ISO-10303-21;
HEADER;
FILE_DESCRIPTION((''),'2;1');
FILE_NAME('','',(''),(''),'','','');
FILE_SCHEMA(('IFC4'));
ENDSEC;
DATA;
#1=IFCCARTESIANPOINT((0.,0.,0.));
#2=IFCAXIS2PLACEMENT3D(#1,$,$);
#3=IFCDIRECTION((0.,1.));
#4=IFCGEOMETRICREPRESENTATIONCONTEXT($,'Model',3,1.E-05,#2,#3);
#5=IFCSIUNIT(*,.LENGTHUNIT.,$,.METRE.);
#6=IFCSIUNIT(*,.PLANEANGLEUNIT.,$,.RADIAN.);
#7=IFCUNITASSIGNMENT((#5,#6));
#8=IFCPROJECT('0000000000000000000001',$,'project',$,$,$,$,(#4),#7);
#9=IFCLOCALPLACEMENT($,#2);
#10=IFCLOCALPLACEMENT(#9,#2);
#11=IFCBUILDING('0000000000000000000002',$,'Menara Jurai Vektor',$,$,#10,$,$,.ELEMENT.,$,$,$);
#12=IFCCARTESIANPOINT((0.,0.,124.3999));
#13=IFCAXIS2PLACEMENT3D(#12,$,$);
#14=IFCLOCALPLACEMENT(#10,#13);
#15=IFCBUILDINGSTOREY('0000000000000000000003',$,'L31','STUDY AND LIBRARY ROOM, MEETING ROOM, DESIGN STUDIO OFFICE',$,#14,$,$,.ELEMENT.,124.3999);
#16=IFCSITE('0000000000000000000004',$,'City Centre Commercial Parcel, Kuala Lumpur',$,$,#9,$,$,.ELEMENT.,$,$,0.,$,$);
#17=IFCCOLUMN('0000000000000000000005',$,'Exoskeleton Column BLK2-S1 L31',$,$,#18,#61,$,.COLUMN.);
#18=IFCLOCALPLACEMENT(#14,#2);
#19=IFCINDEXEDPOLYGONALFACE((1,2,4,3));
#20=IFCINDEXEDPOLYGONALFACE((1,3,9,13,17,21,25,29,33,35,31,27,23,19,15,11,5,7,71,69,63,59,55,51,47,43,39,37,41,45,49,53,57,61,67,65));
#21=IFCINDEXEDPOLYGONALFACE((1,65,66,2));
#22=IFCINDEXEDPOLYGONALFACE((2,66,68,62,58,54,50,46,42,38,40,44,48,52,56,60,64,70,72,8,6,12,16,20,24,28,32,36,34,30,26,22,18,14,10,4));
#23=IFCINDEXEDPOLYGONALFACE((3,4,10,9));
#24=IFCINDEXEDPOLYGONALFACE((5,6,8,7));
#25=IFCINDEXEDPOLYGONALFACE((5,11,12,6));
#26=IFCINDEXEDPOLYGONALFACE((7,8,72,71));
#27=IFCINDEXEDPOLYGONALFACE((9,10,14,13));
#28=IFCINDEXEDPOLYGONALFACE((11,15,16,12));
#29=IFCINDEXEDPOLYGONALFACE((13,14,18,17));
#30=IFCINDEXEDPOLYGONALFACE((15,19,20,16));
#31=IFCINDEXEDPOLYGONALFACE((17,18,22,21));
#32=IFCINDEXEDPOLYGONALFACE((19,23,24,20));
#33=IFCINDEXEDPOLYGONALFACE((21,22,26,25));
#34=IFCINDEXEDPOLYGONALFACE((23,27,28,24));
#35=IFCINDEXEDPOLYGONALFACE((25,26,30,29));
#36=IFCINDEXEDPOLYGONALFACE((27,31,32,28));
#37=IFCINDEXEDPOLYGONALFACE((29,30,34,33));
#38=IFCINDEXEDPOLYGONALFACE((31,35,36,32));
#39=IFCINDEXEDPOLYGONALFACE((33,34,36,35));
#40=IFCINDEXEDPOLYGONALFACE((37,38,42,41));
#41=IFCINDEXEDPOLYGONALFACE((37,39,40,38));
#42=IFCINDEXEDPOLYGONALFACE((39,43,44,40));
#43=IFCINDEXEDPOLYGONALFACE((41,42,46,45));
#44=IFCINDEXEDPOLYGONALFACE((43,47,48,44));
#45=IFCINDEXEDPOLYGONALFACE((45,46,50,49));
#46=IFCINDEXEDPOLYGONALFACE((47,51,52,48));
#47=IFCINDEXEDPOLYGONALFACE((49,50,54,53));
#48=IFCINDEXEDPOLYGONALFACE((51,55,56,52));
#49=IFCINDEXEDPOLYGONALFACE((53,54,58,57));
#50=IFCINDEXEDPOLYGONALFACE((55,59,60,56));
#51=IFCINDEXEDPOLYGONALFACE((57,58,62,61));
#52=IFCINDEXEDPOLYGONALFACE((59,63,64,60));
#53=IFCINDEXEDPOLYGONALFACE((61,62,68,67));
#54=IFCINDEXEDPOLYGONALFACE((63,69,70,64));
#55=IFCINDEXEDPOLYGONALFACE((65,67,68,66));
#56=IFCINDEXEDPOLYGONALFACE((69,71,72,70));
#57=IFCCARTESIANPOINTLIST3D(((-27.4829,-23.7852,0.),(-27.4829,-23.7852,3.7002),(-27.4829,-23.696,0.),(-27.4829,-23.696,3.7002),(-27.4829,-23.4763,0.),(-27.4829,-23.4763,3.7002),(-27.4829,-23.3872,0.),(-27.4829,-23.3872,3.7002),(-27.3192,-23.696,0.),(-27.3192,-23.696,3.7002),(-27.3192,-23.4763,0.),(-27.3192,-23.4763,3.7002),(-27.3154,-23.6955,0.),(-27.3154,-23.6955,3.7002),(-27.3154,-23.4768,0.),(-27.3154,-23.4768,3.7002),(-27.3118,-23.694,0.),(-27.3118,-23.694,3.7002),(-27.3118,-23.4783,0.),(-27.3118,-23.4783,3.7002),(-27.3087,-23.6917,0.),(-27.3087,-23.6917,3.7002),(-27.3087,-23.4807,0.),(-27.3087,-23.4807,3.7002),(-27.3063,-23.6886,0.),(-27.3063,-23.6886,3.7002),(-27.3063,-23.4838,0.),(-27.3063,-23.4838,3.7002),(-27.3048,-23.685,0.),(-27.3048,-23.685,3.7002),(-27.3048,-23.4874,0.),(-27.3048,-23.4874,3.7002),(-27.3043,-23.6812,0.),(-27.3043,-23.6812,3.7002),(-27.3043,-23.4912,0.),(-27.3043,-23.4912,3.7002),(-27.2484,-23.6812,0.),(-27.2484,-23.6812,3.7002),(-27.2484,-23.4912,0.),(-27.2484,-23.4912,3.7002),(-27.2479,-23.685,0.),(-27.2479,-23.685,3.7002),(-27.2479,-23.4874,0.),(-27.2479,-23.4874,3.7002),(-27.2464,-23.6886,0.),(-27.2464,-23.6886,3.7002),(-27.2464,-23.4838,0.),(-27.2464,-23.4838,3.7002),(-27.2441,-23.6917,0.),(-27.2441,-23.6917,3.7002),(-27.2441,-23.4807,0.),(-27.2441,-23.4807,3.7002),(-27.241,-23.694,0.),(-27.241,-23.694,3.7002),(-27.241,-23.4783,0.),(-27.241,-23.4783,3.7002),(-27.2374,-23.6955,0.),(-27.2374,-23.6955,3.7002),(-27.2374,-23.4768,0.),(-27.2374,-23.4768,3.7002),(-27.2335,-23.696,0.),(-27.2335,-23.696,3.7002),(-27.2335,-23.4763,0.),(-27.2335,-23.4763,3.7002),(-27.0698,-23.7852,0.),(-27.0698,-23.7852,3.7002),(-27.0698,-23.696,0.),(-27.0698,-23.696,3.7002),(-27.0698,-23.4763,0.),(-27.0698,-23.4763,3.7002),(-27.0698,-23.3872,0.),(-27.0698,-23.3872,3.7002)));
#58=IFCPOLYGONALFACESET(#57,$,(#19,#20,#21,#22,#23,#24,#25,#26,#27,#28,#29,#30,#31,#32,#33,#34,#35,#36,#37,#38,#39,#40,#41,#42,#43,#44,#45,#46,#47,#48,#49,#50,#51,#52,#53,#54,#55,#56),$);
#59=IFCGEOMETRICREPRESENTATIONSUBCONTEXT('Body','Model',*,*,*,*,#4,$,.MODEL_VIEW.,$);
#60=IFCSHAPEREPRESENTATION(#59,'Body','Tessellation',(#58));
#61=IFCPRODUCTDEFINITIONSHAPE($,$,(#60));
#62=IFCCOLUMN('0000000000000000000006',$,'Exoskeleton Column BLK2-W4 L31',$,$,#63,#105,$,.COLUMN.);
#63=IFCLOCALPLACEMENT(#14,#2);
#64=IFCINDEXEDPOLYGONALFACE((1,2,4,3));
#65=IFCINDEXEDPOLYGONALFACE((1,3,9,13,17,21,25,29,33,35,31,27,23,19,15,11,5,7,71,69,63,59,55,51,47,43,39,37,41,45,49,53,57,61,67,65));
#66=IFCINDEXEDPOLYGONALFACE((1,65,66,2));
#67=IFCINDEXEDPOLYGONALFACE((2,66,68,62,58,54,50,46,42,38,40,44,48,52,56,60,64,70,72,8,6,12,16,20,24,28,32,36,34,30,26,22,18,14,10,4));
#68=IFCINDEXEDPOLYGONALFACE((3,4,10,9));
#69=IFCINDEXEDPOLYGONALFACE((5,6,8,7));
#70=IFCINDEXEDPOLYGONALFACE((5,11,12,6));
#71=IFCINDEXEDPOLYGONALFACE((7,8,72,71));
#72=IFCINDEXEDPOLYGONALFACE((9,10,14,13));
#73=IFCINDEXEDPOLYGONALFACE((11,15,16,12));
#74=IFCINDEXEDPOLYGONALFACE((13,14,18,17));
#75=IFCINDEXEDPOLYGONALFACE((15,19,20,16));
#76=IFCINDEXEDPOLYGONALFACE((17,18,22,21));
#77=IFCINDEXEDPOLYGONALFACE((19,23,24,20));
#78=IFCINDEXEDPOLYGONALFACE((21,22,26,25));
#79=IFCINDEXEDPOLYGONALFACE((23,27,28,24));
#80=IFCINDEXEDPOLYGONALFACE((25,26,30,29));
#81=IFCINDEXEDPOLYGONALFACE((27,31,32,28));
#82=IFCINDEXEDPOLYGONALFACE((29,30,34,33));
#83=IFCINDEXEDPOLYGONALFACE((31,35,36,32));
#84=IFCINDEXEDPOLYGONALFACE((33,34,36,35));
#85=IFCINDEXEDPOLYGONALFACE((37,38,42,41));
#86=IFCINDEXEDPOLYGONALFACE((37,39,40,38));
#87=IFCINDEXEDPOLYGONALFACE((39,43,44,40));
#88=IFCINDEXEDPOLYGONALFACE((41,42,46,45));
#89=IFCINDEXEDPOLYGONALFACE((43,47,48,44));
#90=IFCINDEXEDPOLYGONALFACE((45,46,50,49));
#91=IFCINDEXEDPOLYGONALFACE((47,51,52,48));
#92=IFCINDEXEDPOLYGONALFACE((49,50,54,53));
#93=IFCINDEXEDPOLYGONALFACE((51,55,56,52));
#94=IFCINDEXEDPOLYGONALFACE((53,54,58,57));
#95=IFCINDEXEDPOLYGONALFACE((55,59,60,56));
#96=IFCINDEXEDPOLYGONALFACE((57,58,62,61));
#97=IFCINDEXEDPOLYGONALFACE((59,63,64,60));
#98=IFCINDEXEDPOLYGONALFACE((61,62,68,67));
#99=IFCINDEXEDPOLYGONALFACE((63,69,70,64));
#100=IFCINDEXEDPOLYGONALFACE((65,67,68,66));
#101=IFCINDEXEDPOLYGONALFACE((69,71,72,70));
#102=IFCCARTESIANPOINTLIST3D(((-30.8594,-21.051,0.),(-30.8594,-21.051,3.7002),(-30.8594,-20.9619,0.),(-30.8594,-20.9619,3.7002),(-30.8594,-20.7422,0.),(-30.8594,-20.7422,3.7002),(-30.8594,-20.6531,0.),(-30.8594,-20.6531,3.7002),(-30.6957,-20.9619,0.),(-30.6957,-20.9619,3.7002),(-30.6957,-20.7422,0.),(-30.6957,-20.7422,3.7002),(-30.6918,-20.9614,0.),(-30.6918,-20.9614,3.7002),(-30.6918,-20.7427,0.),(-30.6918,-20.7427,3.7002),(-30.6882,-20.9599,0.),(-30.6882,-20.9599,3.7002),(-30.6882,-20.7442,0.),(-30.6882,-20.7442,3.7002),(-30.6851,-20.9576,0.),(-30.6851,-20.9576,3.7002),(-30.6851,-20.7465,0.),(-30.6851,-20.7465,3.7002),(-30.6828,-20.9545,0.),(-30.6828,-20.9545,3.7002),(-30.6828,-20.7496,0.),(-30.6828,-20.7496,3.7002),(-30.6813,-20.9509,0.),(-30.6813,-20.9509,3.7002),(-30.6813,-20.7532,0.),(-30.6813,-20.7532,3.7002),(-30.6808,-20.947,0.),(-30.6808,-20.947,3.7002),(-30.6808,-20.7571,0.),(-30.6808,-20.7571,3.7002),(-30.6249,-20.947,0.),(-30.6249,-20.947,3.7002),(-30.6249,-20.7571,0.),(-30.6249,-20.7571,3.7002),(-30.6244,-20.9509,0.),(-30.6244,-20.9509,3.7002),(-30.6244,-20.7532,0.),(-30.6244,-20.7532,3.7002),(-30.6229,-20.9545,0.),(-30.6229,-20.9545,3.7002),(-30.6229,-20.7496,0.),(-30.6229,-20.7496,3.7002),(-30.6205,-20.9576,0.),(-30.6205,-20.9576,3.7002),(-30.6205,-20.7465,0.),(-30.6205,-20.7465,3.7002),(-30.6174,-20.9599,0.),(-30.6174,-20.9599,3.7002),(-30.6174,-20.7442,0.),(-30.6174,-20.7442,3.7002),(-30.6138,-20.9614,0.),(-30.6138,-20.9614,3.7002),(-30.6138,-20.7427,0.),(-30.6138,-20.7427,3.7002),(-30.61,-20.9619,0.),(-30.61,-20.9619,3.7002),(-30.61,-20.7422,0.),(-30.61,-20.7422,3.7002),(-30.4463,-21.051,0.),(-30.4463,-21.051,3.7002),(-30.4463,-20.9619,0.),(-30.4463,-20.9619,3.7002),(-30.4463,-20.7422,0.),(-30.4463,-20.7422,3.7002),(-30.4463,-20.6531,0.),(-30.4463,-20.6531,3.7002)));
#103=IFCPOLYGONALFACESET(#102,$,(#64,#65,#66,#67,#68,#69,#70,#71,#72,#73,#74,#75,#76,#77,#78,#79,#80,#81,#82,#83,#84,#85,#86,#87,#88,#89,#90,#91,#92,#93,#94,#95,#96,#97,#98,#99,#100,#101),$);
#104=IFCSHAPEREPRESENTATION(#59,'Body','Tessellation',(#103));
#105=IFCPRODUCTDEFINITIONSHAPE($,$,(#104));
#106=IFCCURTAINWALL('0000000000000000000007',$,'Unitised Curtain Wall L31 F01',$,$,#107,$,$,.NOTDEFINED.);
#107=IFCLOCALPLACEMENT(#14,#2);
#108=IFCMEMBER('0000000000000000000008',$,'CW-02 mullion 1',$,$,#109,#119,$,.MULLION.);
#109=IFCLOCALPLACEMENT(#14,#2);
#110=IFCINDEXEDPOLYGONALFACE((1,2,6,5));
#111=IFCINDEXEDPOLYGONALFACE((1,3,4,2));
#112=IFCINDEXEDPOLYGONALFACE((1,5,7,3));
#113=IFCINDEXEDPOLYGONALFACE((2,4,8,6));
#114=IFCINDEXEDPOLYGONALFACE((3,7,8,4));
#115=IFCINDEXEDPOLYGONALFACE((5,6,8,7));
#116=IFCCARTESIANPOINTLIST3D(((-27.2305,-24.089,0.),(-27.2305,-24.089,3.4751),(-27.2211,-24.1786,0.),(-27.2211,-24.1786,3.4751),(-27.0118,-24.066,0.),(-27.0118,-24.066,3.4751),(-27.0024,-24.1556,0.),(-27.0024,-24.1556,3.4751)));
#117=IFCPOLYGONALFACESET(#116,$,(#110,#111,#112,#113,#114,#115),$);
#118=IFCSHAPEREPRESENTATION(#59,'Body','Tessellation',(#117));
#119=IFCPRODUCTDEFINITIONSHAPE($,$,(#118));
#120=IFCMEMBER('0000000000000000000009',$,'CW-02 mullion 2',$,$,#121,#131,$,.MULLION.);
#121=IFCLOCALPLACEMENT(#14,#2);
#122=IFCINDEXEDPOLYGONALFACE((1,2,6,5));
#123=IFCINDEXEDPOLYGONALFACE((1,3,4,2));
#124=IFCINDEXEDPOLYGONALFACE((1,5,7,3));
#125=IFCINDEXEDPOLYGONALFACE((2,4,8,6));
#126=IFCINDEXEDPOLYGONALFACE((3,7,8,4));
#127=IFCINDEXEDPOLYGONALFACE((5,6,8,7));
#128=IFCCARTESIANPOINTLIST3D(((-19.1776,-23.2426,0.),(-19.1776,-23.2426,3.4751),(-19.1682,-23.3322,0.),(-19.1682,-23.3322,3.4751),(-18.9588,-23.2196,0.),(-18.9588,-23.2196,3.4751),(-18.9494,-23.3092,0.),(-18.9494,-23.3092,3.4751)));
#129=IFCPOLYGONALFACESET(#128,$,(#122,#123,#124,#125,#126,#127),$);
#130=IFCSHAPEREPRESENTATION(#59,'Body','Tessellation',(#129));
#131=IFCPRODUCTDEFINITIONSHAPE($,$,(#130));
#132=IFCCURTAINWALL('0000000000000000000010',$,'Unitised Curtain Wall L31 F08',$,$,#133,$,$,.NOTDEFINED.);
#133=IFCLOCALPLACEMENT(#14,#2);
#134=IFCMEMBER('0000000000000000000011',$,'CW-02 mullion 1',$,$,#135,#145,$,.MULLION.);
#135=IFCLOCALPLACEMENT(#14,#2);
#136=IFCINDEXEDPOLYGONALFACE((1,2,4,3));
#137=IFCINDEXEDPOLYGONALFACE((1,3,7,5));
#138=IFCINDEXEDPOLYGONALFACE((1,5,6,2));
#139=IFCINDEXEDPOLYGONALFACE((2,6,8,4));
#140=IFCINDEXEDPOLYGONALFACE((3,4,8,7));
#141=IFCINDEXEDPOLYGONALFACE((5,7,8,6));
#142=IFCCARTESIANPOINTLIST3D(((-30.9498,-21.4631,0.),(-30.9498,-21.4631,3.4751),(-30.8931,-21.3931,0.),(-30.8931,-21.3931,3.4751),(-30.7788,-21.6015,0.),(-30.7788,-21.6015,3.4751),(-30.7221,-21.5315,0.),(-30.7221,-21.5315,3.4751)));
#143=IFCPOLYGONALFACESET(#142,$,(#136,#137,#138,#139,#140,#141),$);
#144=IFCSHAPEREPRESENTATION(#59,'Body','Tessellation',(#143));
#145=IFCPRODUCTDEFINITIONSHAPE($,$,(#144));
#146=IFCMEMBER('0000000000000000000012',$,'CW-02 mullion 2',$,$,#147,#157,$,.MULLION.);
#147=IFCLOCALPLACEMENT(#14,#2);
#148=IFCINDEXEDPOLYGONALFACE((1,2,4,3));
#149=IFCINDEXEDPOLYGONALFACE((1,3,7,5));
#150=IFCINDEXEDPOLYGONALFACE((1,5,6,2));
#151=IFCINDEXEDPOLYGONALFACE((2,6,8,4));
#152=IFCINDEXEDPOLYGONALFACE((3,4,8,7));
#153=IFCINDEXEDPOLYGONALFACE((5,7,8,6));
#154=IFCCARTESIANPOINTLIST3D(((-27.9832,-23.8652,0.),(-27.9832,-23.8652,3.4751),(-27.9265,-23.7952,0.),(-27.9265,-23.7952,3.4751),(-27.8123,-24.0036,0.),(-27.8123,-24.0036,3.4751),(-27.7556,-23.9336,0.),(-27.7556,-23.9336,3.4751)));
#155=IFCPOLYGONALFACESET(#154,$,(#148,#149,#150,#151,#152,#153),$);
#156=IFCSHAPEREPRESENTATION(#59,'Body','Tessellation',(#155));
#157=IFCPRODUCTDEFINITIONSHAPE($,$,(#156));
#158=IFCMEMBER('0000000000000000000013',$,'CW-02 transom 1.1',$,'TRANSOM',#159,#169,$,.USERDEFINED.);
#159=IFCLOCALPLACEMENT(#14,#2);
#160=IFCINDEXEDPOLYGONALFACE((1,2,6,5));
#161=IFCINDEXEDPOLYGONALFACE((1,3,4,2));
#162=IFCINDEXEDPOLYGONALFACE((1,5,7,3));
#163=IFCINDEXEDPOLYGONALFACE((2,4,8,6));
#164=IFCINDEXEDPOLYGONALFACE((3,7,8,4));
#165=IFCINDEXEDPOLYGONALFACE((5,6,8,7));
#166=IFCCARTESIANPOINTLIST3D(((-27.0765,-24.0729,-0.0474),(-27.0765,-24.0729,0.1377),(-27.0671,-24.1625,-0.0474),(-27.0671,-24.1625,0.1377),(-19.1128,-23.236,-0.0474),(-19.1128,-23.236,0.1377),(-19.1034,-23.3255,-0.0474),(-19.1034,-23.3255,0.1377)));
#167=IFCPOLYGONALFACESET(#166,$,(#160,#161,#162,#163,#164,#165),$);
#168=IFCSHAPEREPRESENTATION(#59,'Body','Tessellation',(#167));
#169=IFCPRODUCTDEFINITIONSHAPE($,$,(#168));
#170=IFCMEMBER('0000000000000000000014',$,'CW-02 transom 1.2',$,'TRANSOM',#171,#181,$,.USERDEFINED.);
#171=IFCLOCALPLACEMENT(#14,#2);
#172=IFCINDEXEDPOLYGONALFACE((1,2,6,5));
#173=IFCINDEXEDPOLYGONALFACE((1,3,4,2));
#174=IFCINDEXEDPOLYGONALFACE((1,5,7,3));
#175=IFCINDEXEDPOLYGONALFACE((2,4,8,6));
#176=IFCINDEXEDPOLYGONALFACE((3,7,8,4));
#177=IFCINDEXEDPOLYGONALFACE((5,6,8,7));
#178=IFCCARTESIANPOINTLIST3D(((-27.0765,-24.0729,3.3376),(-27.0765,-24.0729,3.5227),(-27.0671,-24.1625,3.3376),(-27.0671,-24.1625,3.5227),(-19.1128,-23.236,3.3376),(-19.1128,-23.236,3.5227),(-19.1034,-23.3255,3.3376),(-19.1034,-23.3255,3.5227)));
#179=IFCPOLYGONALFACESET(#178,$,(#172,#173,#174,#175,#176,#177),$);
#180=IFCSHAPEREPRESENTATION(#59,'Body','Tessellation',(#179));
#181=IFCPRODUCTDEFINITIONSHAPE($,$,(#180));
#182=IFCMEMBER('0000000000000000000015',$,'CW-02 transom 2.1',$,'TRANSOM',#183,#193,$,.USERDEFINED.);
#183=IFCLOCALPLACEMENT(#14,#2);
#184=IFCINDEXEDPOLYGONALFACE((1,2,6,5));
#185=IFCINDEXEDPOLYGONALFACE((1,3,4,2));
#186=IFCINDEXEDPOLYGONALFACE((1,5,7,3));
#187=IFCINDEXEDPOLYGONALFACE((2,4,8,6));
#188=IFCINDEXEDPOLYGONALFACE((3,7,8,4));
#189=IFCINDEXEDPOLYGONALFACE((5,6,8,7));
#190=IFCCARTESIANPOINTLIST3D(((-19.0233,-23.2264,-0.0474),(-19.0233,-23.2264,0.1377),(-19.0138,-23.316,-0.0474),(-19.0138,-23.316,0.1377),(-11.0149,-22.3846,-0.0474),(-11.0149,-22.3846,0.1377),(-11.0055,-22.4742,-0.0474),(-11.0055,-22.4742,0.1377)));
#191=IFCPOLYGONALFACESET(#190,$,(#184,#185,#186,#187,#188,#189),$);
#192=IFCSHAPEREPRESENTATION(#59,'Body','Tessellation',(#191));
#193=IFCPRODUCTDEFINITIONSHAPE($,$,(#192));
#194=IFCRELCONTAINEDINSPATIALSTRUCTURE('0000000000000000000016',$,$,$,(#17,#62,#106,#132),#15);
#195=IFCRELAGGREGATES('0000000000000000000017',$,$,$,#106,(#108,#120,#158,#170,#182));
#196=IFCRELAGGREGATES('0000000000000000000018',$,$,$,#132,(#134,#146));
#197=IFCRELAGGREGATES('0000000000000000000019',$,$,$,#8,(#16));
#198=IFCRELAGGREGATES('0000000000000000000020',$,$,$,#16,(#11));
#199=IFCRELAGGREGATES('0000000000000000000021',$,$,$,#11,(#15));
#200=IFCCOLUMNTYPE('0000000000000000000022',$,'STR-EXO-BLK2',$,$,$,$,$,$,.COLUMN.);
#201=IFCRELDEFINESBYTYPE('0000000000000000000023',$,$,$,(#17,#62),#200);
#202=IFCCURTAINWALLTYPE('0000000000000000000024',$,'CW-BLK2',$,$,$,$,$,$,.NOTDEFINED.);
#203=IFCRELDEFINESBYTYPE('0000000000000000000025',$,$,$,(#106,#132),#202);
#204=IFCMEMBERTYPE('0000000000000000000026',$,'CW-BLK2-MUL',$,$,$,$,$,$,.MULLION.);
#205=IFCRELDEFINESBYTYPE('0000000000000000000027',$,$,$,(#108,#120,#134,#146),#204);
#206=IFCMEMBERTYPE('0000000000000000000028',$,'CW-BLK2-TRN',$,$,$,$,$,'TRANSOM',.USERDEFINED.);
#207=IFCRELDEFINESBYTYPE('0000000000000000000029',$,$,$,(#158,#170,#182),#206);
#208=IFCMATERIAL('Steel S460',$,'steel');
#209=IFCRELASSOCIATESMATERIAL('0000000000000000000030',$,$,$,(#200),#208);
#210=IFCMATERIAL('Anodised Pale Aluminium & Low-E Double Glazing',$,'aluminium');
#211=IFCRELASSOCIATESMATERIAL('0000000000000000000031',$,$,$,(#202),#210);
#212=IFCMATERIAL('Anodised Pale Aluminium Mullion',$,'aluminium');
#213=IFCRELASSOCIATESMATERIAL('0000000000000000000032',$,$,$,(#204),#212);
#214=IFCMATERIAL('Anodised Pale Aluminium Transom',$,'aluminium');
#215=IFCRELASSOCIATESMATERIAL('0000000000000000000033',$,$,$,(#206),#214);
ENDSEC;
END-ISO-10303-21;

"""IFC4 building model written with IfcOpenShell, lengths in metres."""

from ifc_helpers import new_model, si_unit, direction, frame, origin, origin_2d, place, context, subcontext, project, spatial, rectangle, i_section, extrude, material, material_profile, profile_set, type_object, element, aggregate, save


model = new_model("IFC4")

# Units and contexts
model_context = context("Model", 3, precision=1e-05, world=origin(), true_north=direction((0.0, 1.0)))
body_context = subcontext(model_context, "Body", "Model", "MODEL_VIEW")
ifc_project = project(units=[si_unit("LENGTHUNIT", "METRE"), si_unit("PLANEANGLEUNIT", "RADIAN")], contexts=[model_context])

# Site, building, storey
site_placement = place(None, origin())
site = spatial("IfcSite", under=ifc_project, at=site_placement, Name="City Centre Commercial Parcel, Kuala Lumpur", CompositionType="ELEMENT", RefElevation=0.0)
building_placement = place(site_placement, origin())
building = spatial("IfcBuilding", under=site, at=building_placement, Name="Menara Jurai Vektor", CompositionType="ELEMENT")
storey_placement = place(building_placement, frame((0.0, 0.0, 124.3999)))
storey = spatial("IfcBuildingStorey", under=building, at=storey_placement, Name="L31", Description="STUDY AND LIBRARY ROOM, MEETING ROOM, DESIGN STUDIO OFFICE", CompositionType="ELEMENT", Elevation=124.3999)

# Columns
ifc_material_1 = material(Name="Steel S460", Category="steel")
ifc_material_profile_1 = material_profile(ifc_material_1, i_section(OverallWidth=0.4131, OverallDepth=0.3979, WebThickness=0.0559, FlangeThickness=0.0891, FilletRadius=0.0149, at=origin_2d()), Name="HD 400x744")
ifc_profile_set_1 = profile_set([ifc_material_profile_1], Name="Steel S460")
column_type = type_object("IfcColumnType", Name="STR-EXO-BLK2", PredefinedType="COLUMN", material=ifc_profile_set_1)
for number, where, z_axis, x_axis, name in (
    (1, (-27.2764, -23.5862, 0.0), (0.0, 0.0, 1.0), (1.0, 0.0, 0.0), "Exoskeleton Column BLK2-S1 L31"),
    (2, (-30.6528, -20.8521, 0.0), (0.0, 0.0, 1.0), (1.0, 0.0, 0.0), "Exoskeleton Column BLK2-W4 L31"),
):
    element("IfcColumn", number, at=place(storey_placement, frame(where, z_axis=z_axis, x_axis=x_axis)), inside=storey, type_object=column_type, Name=name, PredefinedType="COLUMN", context=body_context, shape_type="SweptSolid", body=[
        extrude(i_section(OverallWidth=0.4131, OverallDepth=0.3979, WebThickness=0.0559, FlangeThickness=0.0891, FilletRadius=0.0149, at=origin_2d()), origin(), (0.0, 0.0, 1.0), 3.7002),
    ])

# Curtain walls, members
ifc_material_2 = material(Name="Anodised Pale Aluminium & Low-E Double Glazing", Category="aluminium")
curtain_wall_type = type_object("IfcCurtainWallType", Name="CW-BLK2", PredefinedType="NOTDEFINED", material=ifc_material_2)
curtain_wall_1_placement = place(storey_placement, origin())
curtain_wall_1 = element("IfcCurtainWall", 3, at=curtain_wall_1_placement, inside=storey, type_object=curtain_wall_type, Name="Unitised Curtain Wall L31 F01", PredefinedType="NOTDEFINED")
ifc_material_3 = material(Name="Anodised Pale Aluminium Mullion", Category="aluminium")
ifc_material_profile_2 = material_profile(ifc_material_3, rectangle(XDim=0.0901, YDim=0.22, at=origin_2d()), Name="ALU MUL 90x220")
ifc_profile_set_2 = profile_set([ifc_material_profile_2], Name="Anodised Pale Aluminium Mullion")
member_type_1 = type_object("IfcMemberType", Name="CW-BLK2-MUL", PredefinedType="MULLION", material=ifc_profile_set_2)
member_1_placement = place(storey_placement, frame((-27.1165, -24.1223, 0.0), z_axis=(0.0, 0.0, 1.0), x_axis=(-0.104529, 0.994522, 0.0)))
member_1 = element("IfcMember", 4, at=member_1_placement, type_object=member_type_1, Name="CW-02 mullion 1", PredefinedType="MULLION", context=body_context, shape_type="SweptSolid", body=[
    extrude(rectangle(XDim=0.0901, YDim=0.22, at=origin_2d()), origin(), (0.0, 0.0, 1.0), 3.4751),
])
member_2_placement = place(storey_placement, frame((-19.0635, -23.2759, 0.0), z_axis=(0.0, 0.0, 1.0), x_axis=(-0.104529, 0.994522, 0.0)))
member_2 = element("IfcMember", 5, at=member_2_placement, type_object=member_type_1, Name="CW-02 mullion 2", PredefinedType="MULLION", context=body_context, shape_type="SweptSolid", body=[
    extrude(rectangle(XDim=0.0901, YDim=0.22, at=origin_2d()), origin(), (0.0, 0.0, 1.0), 3.4751),
])
curtain_wall_2_placement = place(storey_placement, origin())
curtain_wall_2 = element("IfcCurtainWall", 6, at=curtain_wall_2_placement, inside=storey, type_object=curtain_wall_type, Name="Unitised Curtain Wall L31 F08", PredefinedType="NOTDEFINED")
member_3_placement = place(storey_placement, frame((-30.8359, -21.4973, 0.0), z_axis=(0.0, 0.0, 1.0), x_axis=(0.629313, 0.777152, 0.0)))
member_3 = element("IfcMember", 7, at=member_3_placement, type_object=member_type_1, Name="CW-02 mullion 1", PredefinedType="MULLION", context=body_context, shape_type="SweptSolid", body=[
    extrude(rectangle(XDim=0.0901, YDim=0.22, at=origin_2d()), origin(), (0.0, 0.0, 1.0), 3.4751),
])
member_4_placement = place(storey_placement, frame((-27.8694, -23.8994, 0.0), z_axis=(0.0, 0.0, 1.0), x_axis=(0.629313, 0.777152, 0.0)))
member_4 = element("IfcMember", 8, at=member_4_placement, type_object=member_type_1, Name="CW-02 mullion 2", PredefinedType="MULLION", context=body_context, shape_type="SweptSolid", body=[
    extrude(rectangle(XDim=0.0901, YDim=0.22, at=origin_2d()), origin(), (0.0, 0.0, 1.0), 3.4751),
])

# Members
ifc_material_4 = material(Name="Anodised Pale Aluminium Transom", Category="aluminium")
ifc_material_profile_3 = material_profile(ifc_material_4, rectangle(XDim=0.0901, YDim=0.1851, at=origin_2d()), Name="ALU TRN 90x185")
ifc_profile_set_3 = profile_set([ifc_material_profile_3], Name="Anodised Pale Aluminium Transom")
member_type_2 = type_object("IfcMemberType", Name="CW-BLK2-TRN", ElementType="TRANSOM", PredefinedType="USERDEFINED", material=ifc_profile_set_3)
member_5_placement = place(storey_placement, frame((-27.0718, -24.1177, 0.0452), z_axis=(0.994523, 0.104517, 0.0), x_axis=(-0.104517, 0.994523, 0.0)))
member_5 = element("IfcMember", 9, at=member_5_placement, type_object=member_type_2, Name="CW-02 transom 1.1", ObjectType="TRANSOM", PredefinedType="USERDEFINED", context=body_context, shape_type="SweptSolid", body=[
    extrude(rectangle(XDim=0.0901, YDim=0.1851, at=origin_2d()), origin(), (0.0, 0.0, 1.0), 8.0076),
])
member_6_placement = place(storey_placement, frame((-27.0718, -24.1177, 3.4302), z_axis=(0.994523, 0.104517, 0.0), x_axis=(-0.104517, 0.994523, 0.0)))
member_6 = element("IfcMember", 10, at=member_6_placement, type_object=member_type_2, Name="CW-02 transom 1.2", ObjectType="TRANSOM", PredefinedType="USERDEFINED", context=body_context, shape_type="SweptSolid", body=[
    extrude(rectangle(XDim=0.0901, YDim=0.1851, at=origin_2d()), origin(), (0.0, 0.0, 1.0), 8.0076),
])
member_7_placement = place(storey_placement, frame((-19.0186, -23.2712, 0.0452), z_axis=(0.994521, 0.10454, 0.0), x_axis=(-0.10454, 0.994521, 0.0)))
member_7 = element("IfcMember", 11, at=member_7_placement, type_object=member_type_2, Name="CW-02 transom 2.1", ObjectType="TRANSOM", PredefinedType="USERDEFINED", context=body_context, shape_type="SweptSolid", body=[
    extrude(rectangle(XDim=0.0901, YDim=0.1851, at=origin_2d()), origin(), (0.0, 0.0, 1.0), 8.0525),
])

aggregate(curtain_wall_1, [member_1, member_2, member_5, member_6, member_7])
aggregate(curtain_wall_2, [member_3, member_4])

save(model, "model.ifc")
